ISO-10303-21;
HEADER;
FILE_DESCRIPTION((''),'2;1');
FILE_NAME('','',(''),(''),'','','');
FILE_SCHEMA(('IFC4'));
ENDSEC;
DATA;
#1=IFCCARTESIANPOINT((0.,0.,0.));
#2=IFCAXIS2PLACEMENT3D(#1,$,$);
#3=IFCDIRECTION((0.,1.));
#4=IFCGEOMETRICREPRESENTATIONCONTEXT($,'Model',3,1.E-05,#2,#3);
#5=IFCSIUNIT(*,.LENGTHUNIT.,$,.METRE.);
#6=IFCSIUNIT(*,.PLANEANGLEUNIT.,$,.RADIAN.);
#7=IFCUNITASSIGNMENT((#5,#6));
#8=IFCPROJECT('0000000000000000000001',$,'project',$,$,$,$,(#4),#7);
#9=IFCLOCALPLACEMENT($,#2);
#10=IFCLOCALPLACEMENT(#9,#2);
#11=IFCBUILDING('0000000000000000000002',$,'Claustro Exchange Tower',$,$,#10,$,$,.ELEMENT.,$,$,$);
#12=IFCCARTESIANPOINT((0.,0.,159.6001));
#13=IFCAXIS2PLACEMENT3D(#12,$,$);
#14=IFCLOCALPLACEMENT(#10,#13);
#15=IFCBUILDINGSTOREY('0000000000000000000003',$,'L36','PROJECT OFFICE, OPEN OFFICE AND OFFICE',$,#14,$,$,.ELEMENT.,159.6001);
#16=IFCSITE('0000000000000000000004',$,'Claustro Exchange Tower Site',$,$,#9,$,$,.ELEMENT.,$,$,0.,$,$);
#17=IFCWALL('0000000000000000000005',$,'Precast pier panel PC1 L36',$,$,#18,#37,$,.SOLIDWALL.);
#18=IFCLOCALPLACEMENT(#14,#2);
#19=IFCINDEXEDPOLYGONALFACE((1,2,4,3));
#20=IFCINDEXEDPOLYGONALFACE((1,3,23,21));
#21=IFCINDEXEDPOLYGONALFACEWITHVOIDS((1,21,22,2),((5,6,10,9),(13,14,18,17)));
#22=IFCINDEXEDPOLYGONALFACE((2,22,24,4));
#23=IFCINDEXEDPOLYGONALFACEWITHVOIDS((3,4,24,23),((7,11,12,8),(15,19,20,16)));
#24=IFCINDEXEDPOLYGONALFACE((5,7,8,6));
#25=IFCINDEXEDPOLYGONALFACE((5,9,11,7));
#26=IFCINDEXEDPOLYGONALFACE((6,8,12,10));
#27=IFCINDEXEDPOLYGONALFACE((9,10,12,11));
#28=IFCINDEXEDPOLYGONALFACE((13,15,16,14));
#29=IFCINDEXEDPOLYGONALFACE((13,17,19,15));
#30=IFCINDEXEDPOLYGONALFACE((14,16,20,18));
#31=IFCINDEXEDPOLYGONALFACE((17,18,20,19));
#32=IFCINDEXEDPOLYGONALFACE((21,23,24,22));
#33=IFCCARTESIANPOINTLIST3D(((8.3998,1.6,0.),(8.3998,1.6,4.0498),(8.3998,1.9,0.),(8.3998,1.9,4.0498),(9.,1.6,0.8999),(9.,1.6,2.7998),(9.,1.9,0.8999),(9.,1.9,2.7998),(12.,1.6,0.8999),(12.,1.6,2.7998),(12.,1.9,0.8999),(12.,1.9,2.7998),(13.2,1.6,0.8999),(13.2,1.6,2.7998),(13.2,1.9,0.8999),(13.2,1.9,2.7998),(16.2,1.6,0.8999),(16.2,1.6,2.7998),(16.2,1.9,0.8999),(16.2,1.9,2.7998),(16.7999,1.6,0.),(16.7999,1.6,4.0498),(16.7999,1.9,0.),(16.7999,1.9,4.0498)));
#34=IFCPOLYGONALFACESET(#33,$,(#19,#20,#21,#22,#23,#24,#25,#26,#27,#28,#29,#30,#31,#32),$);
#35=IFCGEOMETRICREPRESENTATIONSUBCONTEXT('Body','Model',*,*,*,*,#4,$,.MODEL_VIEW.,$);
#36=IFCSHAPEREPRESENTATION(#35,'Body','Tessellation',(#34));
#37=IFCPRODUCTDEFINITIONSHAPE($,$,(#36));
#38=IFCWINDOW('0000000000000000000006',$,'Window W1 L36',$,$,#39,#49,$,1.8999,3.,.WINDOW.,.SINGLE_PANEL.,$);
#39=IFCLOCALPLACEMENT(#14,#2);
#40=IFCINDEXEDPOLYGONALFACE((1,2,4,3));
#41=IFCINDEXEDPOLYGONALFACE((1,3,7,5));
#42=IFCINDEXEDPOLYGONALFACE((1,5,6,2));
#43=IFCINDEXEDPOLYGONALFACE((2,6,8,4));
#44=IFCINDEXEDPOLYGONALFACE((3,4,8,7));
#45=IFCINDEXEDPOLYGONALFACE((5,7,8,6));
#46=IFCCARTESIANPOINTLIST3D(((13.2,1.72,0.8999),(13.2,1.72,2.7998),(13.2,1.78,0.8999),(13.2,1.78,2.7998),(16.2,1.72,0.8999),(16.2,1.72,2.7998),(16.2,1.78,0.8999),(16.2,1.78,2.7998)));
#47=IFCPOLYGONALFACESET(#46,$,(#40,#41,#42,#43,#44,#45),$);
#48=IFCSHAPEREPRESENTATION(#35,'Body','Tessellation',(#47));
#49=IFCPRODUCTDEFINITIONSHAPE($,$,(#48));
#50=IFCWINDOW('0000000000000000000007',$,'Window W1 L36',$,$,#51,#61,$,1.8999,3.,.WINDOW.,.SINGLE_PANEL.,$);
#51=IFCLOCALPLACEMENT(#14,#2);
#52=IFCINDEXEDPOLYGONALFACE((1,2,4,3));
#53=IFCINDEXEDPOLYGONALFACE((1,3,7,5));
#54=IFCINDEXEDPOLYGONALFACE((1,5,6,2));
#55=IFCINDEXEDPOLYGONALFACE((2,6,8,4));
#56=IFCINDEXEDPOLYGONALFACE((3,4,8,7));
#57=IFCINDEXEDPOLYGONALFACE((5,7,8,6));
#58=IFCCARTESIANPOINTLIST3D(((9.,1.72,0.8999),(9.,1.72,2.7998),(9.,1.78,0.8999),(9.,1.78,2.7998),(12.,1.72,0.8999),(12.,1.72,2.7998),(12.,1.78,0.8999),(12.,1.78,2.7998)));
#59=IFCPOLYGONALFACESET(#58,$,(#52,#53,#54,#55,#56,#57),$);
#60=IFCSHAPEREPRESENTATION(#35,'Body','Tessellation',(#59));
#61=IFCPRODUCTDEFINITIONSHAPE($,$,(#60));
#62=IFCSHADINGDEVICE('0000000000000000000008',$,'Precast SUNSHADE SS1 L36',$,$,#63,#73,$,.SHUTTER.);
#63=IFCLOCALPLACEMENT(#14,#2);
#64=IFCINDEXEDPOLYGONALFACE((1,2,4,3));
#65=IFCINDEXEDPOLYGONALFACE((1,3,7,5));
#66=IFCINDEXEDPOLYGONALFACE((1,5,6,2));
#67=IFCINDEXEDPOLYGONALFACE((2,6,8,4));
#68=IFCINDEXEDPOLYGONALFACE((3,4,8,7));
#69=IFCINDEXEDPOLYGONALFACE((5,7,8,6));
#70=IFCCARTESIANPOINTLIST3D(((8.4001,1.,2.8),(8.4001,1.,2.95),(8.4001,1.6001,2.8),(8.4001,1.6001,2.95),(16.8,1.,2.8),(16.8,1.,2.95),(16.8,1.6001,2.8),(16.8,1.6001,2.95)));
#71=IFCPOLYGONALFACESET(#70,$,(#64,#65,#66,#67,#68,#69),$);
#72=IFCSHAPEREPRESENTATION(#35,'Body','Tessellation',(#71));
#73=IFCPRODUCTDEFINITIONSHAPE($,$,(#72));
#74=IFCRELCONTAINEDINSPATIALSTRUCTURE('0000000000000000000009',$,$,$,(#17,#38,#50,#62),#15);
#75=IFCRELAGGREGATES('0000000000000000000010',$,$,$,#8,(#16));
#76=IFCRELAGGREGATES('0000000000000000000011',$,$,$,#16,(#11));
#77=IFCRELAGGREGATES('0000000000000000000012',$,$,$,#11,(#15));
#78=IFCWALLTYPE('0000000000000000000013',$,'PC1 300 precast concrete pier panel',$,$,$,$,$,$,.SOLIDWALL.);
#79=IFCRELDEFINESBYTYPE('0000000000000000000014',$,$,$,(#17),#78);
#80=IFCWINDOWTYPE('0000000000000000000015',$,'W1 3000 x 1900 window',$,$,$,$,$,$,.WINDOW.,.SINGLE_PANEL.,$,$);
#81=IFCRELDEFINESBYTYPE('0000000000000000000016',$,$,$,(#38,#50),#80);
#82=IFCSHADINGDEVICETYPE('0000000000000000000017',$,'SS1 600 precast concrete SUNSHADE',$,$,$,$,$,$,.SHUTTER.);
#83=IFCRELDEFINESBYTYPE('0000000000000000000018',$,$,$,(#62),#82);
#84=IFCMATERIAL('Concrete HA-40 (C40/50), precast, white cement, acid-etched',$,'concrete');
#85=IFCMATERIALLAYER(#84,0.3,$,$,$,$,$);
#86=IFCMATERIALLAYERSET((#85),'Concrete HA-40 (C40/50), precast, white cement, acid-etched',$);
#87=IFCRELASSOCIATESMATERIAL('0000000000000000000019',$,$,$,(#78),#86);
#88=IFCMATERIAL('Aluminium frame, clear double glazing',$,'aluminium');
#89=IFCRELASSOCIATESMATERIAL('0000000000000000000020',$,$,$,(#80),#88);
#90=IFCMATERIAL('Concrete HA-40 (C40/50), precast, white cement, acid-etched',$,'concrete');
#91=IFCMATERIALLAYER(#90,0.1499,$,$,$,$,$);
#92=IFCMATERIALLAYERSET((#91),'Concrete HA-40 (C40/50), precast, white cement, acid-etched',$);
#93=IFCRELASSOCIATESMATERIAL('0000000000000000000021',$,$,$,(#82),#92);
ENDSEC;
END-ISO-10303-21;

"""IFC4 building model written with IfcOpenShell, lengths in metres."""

from ifc_helpers import new_model, si_unit, direction, frame, frame_2d, origin, origin_2d, place, context, subcontext, project, spatial, rectangle, extrude, material, layer, layer_set, type_object, element, fill, save


model = new_model("IFC4")

# Units and contexts
model_context = context("Model", 3, precision=1e-05, world=origin(), true_north=direction((0.0, 1.0)))
body_context = subcontext(model_context, "Body", "Model", "MODEL_VIEW")
ifc_project = project(units=[si_unit("LENGTHUNIT", "METRE"), si_unit("PLANEANGLEUNIT", "RADIAN")], contexts=[model_context])

# Site, building, storey
site_placement = place(None, origin())
site = spatial("IfcSite", under=ifc_project, at=site_placement, Name="Claustro Exchange Tower Site", CompositionType="ELEMENT", RefElevation=0.0)
building_placement = place(site_placement, origin())
building = spatial("IfcBuilding", under=site, at=building_placement, Name="Claustro Exchange Tower", CompositionType="ELEMENT")
storey_placement = place(building_placement, frame((0.0, 0.0, 159.6001)))
storey = spatial("IfcBuildingStorey", under=building, at=storey_placement, Name="L36", Description="PROJECT OFFICE, OPEN OFFICE AND OFFICE", CompositionType="ELEMENT", Elevation=159.6001)

# Wall, openings, windows
ifc_material_1 = material(Name="Concrete HA-40 (C40/50), precast, white cement, acid-etched", Category="concrete")
ifc_layer_1 = layer(ifc_material_1, 0.3)
ifc_layer_set_1 = layer_set([ifc_layer_1], Name="Concrete HA-40 (C40/50), precast, white cement, acid-etched")
wall_type_1 = type_object("IfcWallType", Name="PC1 300 precast concrete pier panel", PredefinedType="SOLIDWALL", material=ifc_layer_set_1)
wall_1_placement = place(storey_placement, frame((16.8, 1.75, 0.0), z_axis=(0.0, 0.0, 1.0), x_axis=(-1.0, 0.0, 0.0)))
wall_1 = element("IfcWall", 1, at=wall_1_placement, inside=storey, type_object=wall_type_1, Name="Precast pier panel PC1 L36", PredefinedType="SOLIDWALL", context=body_context, shape_type="SweptSolid", body=[
    extrude(rectangle(XDim=8.4001, YDim=0.3, at=frame_2d((4.2002, 0.0))), origin(), (0.0, 0.0, 1.0), 4.0498),
])
opening_1_placement = place(wall_1_placement, frame((0.6001, 0.0, 0.8999)))
opening_1 = element("IfcOpeningElement", 2, at=opening_1_placement, cuts=wall_1, PredefinedType="OPENING", context=body_context, shape_type="SweptSolid", body=[
    extrude(rectangle(XDim=3.0, YDim=1.8999, at=frame_2d((1.5, 0.95))), frame((0.0, 0.1599, 0.0), z_axis=(0.0, -1.0, 0.0), x_axis=(1.0, 0.0, 0.0)), (0.0, 0.0, 1.0), 0.3201),
])
opening_2_placement = place(wall_1_placement, frame((4.8, 0.0, 0.8999)))
opening_2 = element("IfcOpeningElement", 3, at=opening_2_placement, cuts=wall_1, PredefinedType="OPENING", context=body_context, shape_type="SweptSolid", body=[
    extrude(rectangle(XDim=3.0, YDim=1.8999, at=frame_2d((1.5, 0.95))), frame((0.0, 0.1599, 0.0), z_axis=(0.0, -1.0, 0.0), x_axis=(1.0, 0.0, 0.0)), (0.0, 0.0, 1.0), 0.3201),
])
ifc_material_2 = material(Name="Aluminium frame, clear double glazing", Category="aluminium")
window_type = type_object("IfcWindowType", Name="W1 3000 x 1900 window", PartitioningType="SINGLE_PANEL", PredefinedType="WINDOW", material=ifc_material_2)
window_1_placement = place(opening_1_placement, origin())
window_1 = element("IfcWindow", 4, at=window_1_placement, inside=storey, type_object=window_type, Name="Window W1 L36", OverallHeight=1.8999, OverallWidth=3.0, PartitioningType="SINGLE_PANEL", PredefinedType="WINDOW", context=body_context, shape_type="SweptSolid", body=[
    extrude(rectangle(XDim=3.0, YDim=1.8999, at=frame_2d((1.5, 0.95))), frame((0.0, 0.03, 0.0), z_axis=(0.0, -1.0, 0.0), x_axis=(1.0, 0.0, 0.0)), (0.0, 0.0, 1.0), 0.0601),
])
fill(opening_1, window_1)
window_2_placement = place(opening_2_placement, origin())
window_2 = element("IfcWindow", 5, at=window_2_placement, inside=storey, type_object=window_type, Name="Window W1 L36", OverallHeight=1.8999, OverallWidth=3.0, PartitioningType="SINGLE_PANEL", PredefinedType="WINDOW", context=body_context, shape_type="SweptSolid", body=[
    extrude(rectangle(XDim=3.0, YDim=1.8999, at=frame_2d((1.5, 0.95))), frame((0.0, 0.03, 0.0), z_axis=(0.0, -1.0, 0.0), x_axis=(1.0, 0.0, 0.0)), (0.0, 0.0, 1.0), 0.0601),
])
fill(opening_2, window_2)

# Shading device
ifc_material_3 = material(Name="Concrete HA-40 (C40/50), precast, white cement, acid-etched", Category="concrete")
ifc_layer_2 = layer(ifc_material_3, 0.1499)
ifc_layer_set_2 = layer_set([ifc_layer_2], Name="Concrete HA-40 (C40/50), precast, white cement, acid-etched")
shading_device_type = type_object("IfcShadingDeviceType", Name="SS1 600 precast concrete SUNSHADE", PredefinedType="SHUTTER", material=ifc_layer_set_2)
shading_device_placement = place(storey_placement, frame((12.6001, 1.3, 2.8), z_axis=(0.0, 0.0, 1.0), x_axis=(-1.0, 0.0, 0.0)))
element("IfcShadingDevice", 6, at=shading_device_placement, inside=storey, type_object=shading_device_type, Name="Precast SUNSHADE SS1 L36", PredefinedType="SHUTTER", context=body_context, shape_type="SweptSolid", body=[
    extrude(rectangle(XDim=8.3999, YDim=0.6001, at=origin_2d()), origin(), (0.0, 0.0, 1.0), 0.1499),
])

save(model, "model.ifc")
